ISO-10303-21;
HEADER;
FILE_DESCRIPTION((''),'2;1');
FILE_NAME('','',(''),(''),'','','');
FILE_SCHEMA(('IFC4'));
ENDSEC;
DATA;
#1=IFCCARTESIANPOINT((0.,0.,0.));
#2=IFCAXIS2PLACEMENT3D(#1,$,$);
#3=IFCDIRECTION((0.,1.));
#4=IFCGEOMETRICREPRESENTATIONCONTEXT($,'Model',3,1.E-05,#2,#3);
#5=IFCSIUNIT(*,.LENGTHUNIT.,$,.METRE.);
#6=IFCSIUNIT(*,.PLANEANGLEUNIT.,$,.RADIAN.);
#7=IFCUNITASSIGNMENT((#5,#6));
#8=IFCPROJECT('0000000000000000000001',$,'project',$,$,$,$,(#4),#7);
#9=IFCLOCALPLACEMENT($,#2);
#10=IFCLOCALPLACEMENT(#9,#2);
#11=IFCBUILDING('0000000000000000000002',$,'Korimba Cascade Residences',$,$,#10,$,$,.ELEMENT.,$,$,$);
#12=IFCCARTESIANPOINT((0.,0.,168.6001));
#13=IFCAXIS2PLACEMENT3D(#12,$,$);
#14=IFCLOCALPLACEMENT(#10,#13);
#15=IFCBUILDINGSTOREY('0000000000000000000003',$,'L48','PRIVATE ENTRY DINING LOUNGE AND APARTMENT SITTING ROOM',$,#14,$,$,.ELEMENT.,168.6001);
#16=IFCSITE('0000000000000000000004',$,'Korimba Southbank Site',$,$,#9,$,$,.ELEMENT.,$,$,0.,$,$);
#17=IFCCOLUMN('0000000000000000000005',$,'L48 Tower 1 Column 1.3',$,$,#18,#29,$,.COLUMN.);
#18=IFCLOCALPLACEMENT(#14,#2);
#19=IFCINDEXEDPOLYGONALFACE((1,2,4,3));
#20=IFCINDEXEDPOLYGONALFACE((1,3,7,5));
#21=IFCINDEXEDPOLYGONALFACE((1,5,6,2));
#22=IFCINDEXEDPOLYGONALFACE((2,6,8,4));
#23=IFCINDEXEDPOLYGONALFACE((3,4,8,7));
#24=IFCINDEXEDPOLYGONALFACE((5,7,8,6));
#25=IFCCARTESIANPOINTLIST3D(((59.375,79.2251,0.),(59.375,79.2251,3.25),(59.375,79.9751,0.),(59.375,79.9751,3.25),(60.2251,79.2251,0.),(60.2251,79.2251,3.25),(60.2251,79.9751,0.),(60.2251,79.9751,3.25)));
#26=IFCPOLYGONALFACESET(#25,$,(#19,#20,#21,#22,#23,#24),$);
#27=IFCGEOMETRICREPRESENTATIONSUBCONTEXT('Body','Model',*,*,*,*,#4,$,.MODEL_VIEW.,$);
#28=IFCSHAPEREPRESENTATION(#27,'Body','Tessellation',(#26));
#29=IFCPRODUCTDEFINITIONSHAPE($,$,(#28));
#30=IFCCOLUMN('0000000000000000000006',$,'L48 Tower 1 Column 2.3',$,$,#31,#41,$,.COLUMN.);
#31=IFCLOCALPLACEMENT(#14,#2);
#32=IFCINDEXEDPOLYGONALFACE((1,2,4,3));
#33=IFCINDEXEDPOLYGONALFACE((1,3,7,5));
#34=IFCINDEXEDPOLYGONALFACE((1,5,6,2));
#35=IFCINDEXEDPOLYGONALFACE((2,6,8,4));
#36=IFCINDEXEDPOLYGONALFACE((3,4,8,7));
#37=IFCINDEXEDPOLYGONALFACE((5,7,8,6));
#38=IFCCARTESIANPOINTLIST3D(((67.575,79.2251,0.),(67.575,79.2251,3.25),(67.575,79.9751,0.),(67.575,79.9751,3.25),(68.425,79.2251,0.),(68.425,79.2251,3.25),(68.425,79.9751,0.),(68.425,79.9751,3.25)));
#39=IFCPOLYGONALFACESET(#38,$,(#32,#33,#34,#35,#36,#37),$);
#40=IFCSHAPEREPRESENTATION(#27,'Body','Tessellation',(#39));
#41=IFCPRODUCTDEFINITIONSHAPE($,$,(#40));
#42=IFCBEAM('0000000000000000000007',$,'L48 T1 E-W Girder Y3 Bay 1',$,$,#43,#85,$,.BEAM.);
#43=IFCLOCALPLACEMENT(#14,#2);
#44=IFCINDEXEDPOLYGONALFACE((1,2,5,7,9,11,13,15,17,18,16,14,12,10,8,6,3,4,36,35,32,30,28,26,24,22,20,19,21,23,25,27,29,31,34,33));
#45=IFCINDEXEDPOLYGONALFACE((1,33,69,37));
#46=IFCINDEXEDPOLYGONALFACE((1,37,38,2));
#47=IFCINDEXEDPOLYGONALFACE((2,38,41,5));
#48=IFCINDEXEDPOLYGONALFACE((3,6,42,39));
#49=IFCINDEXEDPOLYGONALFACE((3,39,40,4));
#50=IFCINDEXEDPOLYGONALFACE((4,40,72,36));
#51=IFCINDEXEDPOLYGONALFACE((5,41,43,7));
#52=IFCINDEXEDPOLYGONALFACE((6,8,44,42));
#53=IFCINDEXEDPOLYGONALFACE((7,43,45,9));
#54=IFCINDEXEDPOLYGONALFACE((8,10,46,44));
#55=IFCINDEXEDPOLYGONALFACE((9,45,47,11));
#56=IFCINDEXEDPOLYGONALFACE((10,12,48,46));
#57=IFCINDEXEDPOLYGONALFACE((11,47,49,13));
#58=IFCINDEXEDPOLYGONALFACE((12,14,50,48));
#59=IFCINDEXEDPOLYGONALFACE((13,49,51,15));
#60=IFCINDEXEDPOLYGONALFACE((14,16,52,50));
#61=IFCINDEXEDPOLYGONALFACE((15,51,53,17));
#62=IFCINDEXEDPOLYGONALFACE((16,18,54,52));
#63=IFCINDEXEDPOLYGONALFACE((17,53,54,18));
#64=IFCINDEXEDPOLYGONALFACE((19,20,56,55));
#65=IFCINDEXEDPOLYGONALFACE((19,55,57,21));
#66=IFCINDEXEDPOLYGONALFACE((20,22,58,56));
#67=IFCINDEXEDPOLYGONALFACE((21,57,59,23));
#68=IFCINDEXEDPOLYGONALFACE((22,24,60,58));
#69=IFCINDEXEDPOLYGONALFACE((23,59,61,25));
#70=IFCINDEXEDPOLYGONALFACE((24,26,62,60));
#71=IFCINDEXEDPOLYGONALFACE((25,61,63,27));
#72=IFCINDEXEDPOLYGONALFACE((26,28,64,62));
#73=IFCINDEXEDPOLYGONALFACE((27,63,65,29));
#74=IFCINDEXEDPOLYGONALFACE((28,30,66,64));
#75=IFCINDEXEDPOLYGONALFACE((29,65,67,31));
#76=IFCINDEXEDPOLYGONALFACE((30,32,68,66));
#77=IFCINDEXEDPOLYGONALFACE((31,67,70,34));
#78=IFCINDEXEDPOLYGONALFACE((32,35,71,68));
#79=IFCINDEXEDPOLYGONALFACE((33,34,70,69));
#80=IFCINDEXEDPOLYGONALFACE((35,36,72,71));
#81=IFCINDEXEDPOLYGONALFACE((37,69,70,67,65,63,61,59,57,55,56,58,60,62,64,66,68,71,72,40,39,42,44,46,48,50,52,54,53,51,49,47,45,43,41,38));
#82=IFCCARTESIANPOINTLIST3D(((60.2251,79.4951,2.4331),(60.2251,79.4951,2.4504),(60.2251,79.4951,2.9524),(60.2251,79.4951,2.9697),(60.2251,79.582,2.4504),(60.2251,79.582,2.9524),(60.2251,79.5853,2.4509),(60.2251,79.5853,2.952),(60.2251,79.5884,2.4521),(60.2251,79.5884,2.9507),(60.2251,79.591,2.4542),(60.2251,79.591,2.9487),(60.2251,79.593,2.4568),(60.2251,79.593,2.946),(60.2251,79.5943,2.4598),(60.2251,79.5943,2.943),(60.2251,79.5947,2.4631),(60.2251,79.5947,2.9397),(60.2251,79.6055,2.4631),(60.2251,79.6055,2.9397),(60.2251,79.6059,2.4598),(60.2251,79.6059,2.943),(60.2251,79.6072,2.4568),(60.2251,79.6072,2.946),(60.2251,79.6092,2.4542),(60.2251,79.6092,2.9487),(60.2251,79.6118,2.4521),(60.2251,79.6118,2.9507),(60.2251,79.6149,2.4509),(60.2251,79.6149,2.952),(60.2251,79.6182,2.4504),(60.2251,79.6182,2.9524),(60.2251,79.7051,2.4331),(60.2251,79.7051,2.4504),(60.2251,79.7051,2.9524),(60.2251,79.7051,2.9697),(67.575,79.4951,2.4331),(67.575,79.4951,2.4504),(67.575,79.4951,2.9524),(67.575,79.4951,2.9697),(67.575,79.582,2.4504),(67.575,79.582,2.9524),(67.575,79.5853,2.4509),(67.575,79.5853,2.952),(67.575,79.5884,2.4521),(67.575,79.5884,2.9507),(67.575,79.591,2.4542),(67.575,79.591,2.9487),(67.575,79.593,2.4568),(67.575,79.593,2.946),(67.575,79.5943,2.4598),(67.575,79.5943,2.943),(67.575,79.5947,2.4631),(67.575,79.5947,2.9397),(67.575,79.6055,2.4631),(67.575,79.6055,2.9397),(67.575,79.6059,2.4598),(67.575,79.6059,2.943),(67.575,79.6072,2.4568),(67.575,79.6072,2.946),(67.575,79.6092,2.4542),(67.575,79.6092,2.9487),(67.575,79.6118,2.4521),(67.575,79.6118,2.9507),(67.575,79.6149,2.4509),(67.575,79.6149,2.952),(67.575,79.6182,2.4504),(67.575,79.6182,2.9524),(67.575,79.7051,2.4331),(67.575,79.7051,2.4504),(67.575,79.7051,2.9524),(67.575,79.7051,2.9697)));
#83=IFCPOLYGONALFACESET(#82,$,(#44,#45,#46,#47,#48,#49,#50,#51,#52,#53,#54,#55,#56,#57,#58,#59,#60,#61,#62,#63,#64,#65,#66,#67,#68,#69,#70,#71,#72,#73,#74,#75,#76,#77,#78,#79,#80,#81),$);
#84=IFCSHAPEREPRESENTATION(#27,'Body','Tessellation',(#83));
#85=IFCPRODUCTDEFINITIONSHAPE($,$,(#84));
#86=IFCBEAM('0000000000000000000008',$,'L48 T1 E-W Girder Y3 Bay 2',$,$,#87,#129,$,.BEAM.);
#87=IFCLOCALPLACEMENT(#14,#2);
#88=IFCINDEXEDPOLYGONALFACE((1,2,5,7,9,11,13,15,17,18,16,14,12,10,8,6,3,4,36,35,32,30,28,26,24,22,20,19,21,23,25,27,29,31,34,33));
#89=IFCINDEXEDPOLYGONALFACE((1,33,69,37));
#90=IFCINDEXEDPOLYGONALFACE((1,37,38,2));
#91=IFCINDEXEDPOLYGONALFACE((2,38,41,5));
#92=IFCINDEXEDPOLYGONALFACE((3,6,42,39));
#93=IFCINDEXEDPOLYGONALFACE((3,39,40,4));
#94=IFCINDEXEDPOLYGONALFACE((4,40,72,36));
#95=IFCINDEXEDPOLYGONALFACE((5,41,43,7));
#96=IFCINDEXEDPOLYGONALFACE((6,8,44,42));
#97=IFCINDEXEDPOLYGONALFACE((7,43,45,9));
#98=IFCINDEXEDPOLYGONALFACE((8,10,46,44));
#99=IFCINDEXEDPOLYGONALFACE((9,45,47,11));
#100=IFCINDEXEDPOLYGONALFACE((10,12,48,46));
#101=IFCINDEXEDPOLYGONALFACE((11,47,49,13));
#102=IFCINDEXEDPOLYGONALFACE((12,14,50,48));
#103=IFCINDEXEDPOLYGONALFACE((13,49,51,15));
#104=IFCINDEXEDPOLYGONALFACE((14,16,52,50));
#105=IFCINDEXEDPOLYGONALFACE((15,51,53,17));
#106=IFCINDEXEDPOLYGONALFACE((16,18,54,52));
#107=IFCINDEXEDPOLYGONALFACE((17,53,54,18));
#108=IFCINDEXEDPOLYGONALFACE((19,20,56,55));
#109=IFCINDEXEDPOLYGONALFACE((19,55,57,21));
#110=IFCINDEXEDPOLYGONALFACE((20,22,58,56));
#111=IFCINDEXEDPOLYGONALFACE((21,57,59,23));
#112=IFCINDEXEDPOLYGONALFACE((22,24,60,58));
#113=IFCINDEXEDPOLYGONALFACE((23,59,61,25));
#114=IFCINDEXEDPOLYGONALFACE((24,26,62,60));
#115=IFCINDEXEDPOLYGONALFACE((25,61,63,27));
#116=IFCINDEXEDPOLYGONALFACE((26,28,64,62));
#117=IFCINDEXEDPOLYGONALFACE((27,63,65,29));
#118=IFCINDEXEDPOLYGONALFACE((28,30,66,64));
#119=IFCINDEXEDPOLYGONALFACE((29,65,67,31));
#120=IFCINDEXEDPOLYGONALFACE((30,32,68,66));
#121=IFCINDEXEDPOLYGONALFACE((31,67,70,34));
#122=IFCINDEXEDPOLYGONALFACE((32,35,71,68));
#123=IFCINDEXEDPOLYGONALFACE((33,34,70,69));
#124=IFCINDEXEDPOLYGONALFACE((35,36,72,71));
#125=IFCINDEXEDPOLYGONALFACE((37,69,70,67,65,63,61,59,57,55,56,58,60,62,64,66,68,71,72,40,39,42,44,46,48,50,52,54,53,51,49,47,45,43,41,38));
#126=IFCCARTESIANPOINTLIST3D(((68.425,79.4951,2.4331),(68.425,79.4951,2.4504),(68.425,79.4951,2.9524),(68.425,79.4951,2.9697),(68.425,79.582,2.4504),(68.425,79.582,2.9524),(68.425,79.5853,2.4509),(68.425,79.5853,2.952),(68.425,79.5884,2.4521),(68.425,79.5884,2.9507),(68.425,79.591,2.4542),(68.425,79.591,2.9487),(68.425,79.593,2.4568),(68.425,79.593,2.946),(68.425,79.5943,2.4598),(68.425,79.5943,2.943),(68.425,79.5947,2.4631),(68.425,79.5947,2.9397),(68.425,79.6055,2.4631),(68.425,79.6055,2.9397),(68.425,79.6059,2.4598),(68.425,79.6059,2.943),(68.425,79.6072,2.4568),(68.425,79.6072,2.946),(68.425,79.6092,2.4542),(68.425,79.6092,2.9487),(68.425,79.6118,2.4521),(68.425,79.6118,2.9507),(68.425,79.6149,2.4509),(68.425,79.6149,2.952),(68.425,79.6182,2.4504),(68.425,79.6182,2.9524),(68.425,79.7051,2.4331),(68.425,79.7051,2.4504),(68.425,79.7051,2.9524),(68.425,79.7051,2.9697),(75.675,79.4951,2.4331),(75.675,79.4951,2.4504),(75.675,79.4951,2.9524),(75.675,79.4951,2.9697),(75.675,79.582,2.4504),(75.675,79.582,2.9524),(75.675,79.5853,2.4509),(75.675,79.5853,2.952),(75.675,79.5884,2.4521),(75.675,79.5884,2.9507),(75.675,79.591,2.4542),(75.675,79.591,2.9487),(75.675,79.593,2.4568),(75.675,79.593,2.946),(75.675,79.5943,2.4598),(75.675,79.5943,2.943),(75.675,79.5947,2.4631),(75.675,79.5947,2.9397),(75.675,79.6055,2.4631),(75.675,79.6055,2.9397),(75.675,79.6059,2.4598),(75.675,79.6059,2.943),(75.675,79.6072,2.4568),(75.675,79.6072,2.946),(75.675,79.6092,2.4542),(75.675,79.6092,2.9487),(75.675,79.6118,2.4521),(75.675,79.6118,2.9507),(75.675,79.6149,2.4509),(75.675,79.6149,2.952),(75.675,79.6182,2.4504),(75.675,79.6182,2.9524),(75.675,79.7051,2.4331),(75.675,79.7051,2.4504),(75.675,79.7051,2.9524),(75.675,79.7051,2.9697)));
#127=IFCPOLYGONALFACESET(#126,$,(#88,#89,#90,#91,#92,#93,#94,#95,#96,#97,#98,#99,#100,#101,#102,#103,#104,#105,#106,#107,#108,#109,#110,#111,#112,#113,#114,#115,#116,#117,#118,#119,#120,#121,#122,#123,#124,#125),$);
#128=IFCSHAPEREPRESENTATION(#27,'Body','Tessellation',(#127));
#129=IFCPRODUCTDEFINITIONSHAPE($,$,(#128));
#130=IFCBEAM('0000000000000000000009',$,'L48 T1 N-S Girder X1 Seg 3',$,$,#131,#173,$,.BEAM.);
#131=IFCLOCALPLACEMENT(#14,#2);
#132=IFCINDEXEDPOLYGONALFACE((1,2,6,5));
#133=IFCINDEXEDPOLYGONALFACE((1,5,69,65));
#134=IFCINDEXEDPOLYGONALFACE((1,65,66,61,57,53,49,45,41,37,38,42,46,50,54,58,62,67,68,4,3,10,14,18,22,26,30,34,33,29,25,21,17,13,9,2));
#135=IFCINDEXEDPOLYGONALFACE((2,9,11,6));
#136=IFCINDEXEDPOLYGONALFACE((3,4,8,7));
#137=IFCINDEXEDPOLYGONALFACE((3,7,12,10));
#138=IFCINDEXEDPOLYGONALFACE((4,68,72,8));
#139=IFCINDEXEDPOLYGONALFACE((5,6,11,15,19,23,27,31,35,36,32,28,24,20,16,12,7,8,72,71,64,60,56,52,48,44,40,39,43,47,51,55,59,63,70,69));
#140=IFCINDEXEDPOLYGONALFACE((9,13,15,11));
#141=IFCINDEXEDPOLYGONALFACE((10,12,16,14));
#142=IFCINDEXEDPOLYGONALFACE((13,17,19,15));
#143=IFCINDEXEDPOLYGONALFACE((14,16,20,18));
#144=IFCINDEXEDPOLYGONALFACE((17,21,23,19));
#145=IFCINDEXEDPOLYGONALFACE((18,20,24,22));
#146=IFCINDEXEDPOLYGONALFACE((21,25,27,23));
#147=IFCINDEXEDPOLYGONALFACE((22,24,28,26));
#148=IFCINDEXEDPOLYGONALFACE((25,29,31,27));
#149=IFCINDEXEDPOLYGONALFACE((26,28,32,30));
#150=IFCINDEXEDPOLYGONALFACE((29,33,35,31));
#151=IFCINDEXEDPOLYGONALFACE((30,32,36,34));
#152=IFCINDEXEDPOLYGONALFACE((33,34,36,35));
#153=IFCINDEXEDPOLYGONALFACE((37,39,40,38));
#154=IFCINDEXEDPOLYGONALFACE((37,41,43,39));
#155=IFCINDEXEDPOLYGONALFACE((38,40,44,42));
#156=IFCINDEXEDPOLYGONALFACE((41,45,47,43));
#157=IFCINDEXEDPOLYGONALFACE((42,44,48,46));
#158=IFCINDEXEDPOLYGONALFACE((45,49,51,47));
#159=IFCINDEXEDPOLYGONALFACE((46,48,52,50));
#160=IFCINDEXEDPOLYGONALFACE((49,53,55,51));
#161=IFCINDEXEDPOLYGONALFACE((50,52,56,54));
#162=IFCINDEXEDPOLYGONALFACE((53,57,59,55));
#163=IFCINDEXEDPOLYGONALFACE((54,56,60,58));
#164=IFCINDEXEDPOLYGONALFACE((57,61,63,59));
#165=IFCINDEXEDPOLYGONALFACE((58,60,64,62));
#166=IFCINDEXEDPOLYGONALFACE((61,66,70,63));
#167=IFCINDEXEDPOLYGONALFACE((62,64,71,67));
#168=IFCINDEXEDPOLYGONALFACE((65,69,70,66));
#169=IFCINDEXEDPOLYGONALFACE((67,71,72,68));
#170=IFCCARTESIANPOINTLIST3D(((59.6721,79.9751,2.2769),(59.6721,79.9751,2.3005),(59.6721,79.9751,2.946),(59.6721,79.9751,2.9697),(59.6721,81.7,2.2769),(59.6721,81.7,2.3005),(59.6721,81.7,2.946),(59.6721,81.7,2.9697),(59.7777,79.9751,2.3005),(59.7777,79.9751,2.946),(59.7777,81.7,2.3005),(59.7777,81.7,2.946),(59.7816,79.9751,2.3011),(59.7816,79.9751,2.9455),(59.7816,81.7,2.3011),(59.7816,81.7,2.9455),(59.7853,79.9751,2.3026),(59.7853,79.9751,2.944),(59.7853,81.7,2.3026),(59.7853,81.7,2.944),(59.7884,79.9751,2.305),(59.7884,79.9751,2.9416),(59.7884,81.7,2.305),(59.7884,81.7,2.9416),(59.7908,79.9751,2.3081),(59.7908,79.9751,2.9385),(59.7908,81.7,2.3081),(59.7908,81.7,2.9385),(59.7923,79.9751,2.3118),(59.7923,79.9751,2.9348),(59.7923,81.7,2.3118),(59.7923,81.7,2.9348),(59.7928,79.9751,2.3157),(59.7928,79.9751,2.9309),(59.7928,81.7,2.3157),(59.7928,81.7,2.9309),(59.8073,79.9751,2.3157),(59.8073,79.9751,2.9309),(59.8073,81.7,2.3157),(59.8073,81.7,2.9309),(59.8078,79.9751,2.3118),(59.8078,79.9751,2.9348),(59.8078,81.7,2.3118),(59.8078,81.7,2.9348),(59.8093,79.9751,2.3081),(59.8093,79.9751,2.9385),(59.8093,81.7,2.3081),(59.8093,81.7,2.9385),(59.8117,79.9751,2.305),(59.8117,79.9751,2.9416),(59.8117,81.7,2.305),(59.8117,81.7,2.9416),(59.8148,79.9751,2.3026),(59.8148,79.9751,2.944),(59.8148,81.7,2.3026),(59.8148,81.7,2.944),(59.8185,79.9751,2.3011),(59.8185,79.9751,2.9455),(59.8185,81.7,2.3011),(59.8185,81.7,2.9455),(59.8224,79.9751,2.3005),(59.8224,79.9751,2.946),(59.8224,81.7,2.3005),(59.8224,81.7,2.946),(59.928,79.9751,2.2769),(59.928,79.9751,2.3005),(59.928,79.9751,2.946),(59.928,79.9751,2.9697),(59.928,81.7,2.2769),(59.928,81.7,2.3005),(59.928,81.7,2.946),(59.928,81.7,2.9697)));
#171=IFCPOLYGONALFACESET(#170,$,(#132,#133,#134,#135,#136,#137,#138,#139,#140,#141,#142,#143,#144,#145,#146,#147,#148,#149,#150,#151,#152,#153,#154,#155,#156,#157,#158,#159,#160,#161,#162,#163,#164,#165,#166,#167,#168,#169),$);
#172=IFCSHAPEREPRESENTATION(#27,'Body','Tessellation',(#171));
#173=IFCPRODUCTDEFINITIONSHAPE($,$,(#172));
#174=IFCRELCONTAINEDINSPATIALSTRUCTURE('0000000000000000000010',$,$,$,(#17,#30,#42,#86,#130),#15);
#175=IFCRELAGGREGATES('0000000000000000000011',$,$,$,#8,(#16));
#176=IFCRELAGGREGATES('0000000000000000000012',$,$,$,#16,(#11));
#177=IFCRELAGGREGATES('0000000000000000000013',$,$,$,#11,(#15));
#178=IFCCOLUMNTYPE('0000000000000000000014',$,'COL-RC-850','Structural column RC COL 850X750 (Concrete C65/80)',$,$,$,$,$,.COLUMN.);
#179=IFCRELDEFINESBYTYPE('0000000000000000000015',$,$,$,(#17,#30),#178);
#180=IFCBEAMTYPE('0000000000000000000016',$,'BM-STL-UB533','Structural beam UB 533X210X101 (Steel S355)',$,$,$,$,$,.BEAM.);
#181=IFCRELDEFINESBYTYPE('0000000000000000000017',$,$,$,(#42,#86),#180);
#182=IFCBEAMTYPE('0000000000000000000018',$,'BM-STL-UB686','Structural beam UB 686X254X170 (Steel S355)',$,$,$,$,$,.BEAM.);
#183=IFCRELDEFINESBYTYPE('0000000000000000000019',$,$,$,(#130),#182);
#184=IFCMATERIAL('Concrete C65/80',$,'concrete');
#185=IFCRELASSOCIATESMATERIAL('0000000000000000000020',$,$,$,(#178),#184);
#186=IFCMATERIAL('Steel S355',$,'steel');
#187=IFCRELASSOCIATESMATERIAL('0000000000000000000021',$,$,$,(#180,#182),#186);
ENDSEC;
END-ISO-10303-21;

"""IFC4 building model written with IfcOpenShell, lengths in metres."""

from ifc_helpers import new_model, si_unit, direction, frame, origin, origin_2d, place, context, subcontext, project, spatial, rectangle, i_section, extrude, material, material_profile, profile_set, type_object, element, save


model = new_model("IFC4")

# Units and contexts
model_context = context("Model", 3, precision=1e-05, world=origin(), true_north=direction((0.0, 1.0)))
body_context = subcontext(model_context, "Body", "Model", "MODEL_VIEW")
ifc_project = project(units=[si_unit("LENGTHUNIT", "METRE"), si_unit("PLANEANGLEUNIT", "RADIAN")], contexts=[model_context])

# Site, building, storey
site_placement = place(None, origin())
site = spatial("IfcSite", under=ifc_project, at=site_placement, Name="Korimba Southbank Site", CompositionType="ELEMENT", RefElevation=0.0)
building_placement = place(site_placement, origin())
building = spatial("IfcBuilding", under=site, at=building_placement, Name="Korimba Cascade Residences", CompositionType="ELEMENT")
storey_placement = place(building_placement, frame((0.0, 0.0, 168.6001)))
storey = spatial("IfcBuildingStorey", under=building, at=storey_placement, Name="L48", Description="PRIVATE ENTRY DINING LOUNGE AND APARTMENT SITTING ROOM", CompositionType="ELEMENT", Elevation=168.6001)

# Columns
ifc_material_1 = material(Name="Concrete C65/80", Category="concrete")
ifc_material_profile_1 = material_profile(ifc_material_1, rectangle(XDim=0.8501, YDim=0.75, at=origin_2d()), Name="Concrete C65/80")
ifc_profile_set_1 = profile_set([ifc_material_profile_1], Name="Concrete C65/80")
column_type = type_object("IfcColumnType", Name="COL-RC-850", Description="Structural column RC COL 850X750 (Concrete C65/80)", PredefinedType="COLUMN", material=ifc_profile_set_1)
for number, where, z_axis, x_axis, name in (
    (1, (59.8, 79.6001, 0.0), (0.0, 0.0, 1.0), (1.0, 0.0, 0.0), "L48 Tower 1 Column 1.3"),
    (2, (68.0, 79.6001, 0.0), (0.0, 0.0, 1.0), (1.0, 0.0, 0.0), "L48 Tower 1 Column 2.3"),
):
    element("IfcColumn", number, at=place(storey_placement, frame(where, z_axis=z_axis, x_axis=x_axis)), inside=storey, type_object=column_type, Name=name, PredefinedType="COLUMN", context=body_context, shape_type="SweptSolid", body=[
        extrude(rectangle(XDim=0.8501, YDim=0.75, at=origin_2d()), origin(), (0.0, 0.0, 1.0), 3.25),
    ])

# Beams
ifc_material_2 = material(Name="Steel S355", Category="steel")
ifc_material_profile_2 = material_profile(ifc_material_2, i_section(OverallWidth=0.21, OverallDepth=0.5366, WebThickness=0.0107, FlangeThickness=0.0173, FilletRadius=0.0127, at=origin_2d()), Name="Steel S355")
ifc_profile_set_2 = profile_set([ifc_material_profile_2], Name="Steel S355")
beam_type_1 = type_object("IfcBeamType", Name="BM-STL-UB533", Description="Structural beam UB 533X210X101 (Steel S355)", PredefinedType="BEAM", material=ifc_profile_set_2)
beam_1_placement = place(storey_placement, frame((60.2251, 79.6001, 2.7014), z_axis=(1.0, 0.0, 0.0), x_axis=(0.0, 1.0, 0.0)))
element("IfcBeam", 3, at=beam_1_placement, inside=storey, type_object=beam_type_1, Name="L48 T1 E-W Girder Y3 Bay 1", PredefinedType="BEAM", context=body_context, shape_type="SweptSolid", body=[
    extrude(i_section(OverallWidth=0.21, OverallDepth=0.5366, WebThickness=0.0107, FlangeThickness=0.0173, FilletRadius=0.0127, at=origin_2d()), origin(), (0.0, 0.0, 1.0), 7.3499),
])
beam_2_placement = place(storey_placement, frame((68.425, 79.6001, 2.7014), z_axis=(1.0, 0.0, 0.0), x_axis=(0.0, 1.0, 0.0)))
element("IfcBeam", 4, at=beam_2_placement, inside=storey, type_object=beam_type_1, Name="L48 T1 E-W Girder Y3 Bay 2", PredefinedType="BEAM", context=body_context, shape_type="SweptSolid", body=[
    extrude(i_section(OverallWidth=0.21, OverallDepth=0.5366, WebThickness=0.0107, FlangeThickness=0.0173, FilletRadius=0.0127, at=origin_2d()), origin(), (0.0, 0.0, 1.0), 7.25),
])
ifc_material_profile_3 = material_profile(ifc_material_2, i_section(OverallWidth=0.2559, OverallDepth=0.6929, WebThickness=0.0144, FlangeThickness=0.0237, FilletRadius=0.0151, at=origin_2d()), Name="Steel S355")
ifc_profile_set_3 = profile_set([ifc_material_profile_3], Name="Steel S355")
beam_type_2 = type_object("IfcBeamType", Name="BM-STL-UB686", Description="Structural beam UB 686X254X170 (Steel S355)", PredefinedType="BEAM", material=ifc_profile_set_3)
beam_3_placement = place(storey_placement, frame((59.8, 79.9751, 2.6233), z_axis=(0.0, 1.0, 0.0), x_axis=(-1.0, 0.0, 0.0)))
element("IfcBeam", 5, at=beam_3_placement, inside=storey, type_object=beam_type_2, Name="L48 T1 N-S Girder X1 Seg 3", PredefinedType="BEAM", context=body_context, shape_type="SweptSolid", body=[
    extrude(i_section(OverallWidth=0.2559, OverallDepth=0.6929, WebThickness=0.0144, FlangeThickness=0.0237, FilletRadius=0.0151, at=origin_2d()), origin(), (0.0, 0.0, 1.0), 1.7249),
])

save(model, "model.ifc")
